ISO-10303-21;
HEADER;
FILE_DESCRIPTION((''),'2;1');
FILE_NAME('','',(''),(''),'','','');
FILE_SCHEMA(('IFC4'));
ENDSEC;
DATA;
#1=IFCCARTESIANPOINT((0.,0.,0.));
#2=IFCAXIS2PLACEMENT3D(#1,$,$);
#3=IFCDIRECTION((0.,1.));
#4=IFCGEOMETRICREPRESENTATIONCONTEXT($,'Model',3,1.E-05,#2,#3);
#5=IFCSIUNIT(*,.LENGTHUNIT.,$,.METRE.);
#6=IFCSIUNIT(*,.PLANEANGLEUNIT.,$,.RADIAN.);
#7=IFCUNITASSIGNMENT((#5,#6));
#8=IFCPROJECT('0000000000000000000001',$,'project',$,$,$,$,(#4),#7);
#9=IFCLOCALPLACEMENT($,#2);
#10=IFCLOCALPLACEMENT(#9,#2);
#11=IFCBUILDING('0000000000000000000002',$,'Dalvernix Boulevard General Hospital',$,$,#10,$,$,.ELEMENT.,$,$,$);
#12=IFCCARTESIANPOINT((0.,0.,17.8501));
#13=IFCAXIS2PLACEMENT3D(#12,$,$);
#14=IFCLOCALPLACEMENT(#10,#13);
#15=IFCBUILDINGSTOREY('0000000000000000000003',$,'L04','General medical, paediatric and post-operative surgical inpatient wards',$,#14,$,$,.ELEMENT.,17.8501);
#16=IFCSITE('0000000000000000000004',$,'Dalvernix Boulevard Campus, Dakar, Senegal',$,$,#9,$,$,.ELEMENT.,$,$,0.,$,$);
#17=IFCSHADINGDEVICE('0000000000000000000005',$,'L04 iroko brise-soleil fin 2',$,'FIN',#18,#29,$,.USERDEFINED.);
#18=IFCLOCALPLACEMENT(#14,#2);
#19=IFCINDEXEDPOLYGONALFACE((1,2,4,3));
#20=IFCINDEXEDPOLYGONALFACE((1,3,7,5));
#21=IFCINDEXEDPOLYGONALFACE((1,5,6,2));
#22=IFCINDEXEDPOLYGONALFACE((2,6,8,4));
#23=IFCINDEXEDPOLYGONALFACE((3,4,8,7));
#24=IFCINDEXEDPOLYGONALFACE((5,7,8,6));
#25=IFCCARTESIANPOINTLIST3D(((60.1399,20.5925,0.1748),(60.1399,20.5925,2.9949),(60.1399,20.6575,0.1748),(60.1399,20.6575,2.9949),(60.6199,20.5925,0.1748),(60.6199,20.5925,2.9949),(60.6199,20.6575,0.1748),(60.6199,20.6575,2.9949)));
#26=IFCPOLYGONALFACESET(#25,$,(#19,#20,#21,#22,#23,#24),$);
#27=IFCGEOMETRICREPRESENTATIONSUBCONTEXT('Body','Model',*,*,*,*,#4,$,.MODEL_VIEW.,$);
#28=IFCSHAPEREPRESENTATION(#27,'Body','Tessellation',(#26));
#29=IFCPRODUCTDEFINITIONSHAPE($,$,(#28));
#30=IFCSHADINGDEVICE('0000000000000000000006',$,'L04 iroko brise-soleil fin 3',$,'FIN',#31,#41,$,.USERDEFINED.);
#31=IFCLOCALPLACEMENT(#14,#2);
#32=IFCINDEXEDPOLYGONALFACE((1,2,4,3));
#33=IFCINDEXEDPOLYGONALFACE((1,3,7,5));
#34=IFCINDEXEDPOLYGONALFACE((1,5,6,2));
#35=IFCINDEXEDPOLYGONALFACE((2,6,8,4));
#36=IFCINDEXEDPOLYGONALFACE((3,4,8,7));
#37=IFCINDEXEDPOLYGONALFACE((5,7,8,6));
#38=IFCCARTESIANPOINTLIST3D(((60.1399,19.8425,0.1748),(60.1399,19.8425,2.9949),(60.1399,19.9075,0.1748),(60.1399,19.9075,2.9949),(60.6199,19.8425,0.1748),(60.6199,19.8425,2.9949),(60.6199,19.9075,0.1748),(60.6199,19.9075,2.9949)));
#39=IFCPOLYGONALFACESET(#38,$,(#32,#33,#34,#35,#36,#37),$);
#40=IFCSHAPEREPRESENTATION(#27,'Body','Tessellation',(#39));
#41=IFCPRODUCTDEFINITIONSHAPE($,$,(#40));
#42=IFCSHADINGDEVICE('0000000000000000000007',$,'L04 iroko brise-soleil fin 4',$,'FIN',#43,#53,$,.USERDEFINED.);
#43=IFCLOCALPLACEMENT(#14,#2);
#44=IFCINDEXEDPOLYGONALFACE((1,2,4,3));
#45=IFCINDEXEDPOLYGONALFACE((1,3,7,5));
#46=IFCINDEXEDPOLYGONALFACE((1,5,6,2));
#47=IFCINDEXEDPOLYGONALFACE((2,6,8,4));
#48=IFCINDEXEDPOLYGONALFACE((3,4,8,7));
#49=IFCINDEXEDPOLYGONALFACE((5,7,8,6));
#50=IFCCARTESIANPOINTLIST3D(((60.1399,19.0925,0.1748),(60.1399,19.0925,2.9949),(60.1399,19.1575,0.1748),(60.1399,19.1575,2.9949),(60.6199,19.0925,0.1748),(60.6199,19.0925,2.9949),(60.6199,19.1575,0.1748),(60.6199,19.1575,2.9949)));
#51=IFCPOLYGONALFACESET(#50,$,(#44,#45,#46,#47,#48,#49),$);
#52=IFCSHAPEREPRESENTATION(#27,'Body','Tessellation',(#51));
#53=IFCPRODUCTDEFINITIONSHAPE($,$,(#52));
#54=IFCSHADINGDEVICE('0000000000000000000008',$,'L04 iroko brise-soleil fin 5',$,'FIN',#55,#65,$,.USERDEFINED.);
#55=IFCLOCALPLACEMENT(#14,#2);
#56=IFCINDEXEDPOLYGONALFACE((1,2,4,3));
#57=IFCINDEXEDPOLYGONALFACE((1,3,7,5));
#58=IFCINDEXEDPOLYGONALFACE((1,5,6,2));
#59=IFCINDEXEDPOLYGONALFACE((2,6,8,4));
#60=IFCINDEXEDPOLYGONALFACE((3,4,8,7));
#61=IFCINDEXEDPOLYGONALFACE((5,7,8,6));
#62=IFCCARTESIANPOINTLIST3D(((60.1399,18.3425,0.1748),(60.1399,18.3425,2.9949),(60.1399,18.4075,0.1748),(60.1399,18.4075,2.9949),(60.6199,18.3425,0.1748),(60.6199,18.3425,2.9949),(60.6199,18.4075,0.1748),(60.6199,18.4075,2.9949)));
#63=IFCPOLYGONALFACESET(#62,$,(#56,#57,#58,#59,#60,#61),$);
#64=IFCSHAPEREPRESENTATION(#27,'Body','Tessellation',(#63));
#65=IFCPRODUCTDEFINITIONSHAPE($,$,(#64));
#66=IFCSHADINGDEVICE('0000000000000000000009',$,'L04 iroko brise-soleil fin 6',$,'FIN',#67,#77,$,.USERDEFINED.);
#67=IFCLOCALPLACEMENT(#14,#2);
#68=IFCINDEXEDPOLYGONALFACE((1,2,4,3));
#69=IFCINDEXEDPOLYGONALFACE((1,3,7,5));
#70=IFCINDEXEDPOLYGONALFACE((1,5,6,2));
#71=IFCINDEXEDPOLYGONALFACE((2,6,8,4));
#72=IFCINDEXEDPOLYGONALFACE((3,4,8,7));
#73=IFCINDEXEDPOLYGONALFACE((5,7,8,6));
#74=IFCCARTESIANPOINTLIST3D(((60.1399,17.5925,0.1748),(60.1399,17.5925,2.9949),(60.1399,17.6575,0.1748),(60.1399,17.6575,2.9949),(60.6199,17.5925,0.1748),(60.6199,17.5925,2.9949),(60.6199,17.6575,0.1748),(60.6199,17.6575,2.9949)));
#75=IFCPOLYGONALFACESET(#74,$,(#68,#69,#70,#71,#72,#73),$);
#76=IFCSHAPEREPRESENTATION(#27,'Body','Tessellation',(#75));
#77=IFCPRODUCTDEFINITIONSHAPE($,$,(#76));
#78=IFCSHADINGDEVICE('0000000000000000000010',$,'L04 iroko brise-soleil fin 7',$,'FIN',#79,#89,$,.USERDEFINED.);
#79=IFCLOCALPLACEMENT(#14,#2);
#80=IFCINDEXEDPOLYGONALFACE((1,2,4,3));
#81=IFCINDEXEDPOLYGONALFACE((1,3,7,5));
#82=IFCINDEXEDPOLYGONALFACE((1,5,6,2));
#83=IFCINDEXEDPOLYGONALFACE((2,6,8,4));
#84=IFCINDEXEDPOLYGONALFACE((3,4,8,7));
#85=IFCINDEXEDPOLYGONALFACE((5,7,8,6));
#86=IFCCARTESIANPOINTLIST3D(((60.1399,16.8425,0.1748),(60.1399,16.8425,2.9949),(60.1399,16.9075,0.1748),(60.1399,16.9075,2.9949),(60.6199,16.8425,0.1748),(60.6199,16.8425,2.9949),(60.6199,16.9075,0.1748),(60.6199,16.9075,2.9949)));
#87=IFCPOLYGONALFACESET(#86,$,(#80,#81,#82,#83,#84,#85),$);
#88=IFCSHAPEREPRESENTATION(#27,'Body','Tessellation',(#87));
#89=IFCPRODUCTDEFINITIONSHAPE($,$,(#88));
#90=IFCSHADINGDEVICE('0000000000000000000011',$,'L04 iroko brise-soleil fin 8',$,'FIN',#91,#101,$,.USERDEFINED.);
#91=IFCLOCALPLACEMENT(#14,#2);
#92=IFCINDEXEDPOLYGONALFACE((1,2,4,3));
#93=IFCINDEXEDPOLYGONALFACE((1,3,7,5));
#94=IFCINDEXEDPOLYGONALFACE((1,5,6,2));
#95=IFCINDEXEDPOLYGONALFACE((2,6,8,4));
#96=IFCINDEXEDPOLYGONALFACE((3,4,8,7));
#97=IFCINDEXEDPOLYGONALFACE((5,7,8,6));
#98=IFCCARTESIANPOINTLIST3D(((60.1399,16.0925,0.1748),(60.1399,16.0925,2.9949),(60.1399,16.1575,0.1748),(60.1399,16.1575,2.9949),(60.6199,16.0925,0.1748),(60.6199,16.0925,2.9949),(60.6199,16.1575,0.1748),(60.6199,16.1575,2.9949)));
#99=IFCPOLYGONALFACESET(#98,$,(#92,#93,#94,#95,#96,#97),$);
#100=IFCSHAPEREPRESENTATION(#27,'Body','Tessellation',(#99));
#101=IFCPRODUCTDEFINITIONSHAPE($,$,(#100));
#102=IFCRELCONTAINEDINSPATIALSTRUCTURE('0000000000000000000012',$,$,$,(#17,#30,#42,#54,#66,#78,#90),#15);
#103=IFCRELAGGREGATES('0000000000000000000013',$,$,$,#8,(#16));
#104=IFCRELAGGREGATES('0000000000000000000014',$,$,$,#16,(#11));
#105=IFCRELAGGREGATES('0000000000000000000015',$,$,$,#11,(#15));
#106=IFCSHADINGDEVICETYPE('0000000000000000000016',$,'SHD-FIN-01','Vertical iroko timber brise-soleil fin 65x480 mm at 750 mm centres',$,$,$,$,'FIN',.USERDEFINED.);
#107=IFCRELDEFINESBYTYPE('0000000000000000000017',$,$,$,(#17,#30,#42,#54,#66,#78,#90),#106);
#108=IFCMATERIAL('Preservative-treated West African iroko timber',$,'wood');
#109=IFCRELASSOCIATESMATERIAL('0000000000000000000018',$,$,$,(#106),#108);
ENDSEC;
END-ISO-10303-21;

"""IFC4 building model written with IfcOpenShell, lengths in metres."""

from ifc_helpers import new_model, si_unit, direction, frame, origin, origin_2d, place, context, subcontext, project, spatial, rectangle, extrude, material, type_object, element, save


model = new_model("IFC4")

# Units and contexts
model_context = context("Model", 3, precision=1e-05, world=origin(), true_north=direction((0.0, 1.0)))
body_context = subcontext(model_context, "Body", "Model", "MODEL_VIEW")
ifc_project = project(units=[si_unit("LENGTHUNIT", "METRE"), si_unit("PLANEANGLEUNIT", "RADIAN")], contexts=[model_context])

# Site, building, storey
site_placement = place(None, origin())
site = spatial("IfcSite", under=ifc_project, at=site_placement, Name="Dalvernix Boulevard Campus, Dakar, Senegal", CompositionType="ELEMENT", RefElevation=0.0)
building_placement = place(site_placement, origin())
building = spatial("IfcBuilding", under=site, at=building_placement, Name="Dalvernix Boulevard General Hospital", CompositionType="ELEMENT")
storey_placement = place(building_placement, frame((0.0, 0.0, 17.8501)))
storey = spatial("IfcBuildingStorey", under=building, at=storey_placement, Name="L04", Description="General medical, paediatric and post-operative surgical inpatient wards", CompositionType="ELEMENT", Elevation=17.8501)

# Shading devices
ifc_material_1 = material(Name="Preservative-treated West African iroko timber", Category="wood")
shading_device_type = type_object("IfcShadingDeviceType", Name="SHD-FIN-01", Description="Vertical iroko timber brise-soleil fin 65x480 mm at 750 mm centres", ElementType="FIN", PredefinedType="USERDEFINED", material=ifc_material_1)
for number, where, z_axis, x_axis, name in (
    (1, (60.3799, 20.625, 0.1748), (0.0, 0.0, 1.0), (0.0, -1.0, 0.0), "L04 iroko brise-soleil fin 2"),
    (2, (60.3799, 19.875, 0.1748), (0.0, 0.0, 1.0), (0.0, -1.0, 0.0), "L04 iroko brise-soleil fin 3"),
    (3, (60.3799, 19.125, 0.1748), (0.0, 0.0, 1.0), (0.0, -1.0, 0.0), "L04 iroko brise-soleil fin 4"),
    (4, (60.3799, 18.375, 0.1748), (0.0, 0.0, 1.0), (0.0, -1.0, 0.0), "L04 iroko brise-soleil fin 5"),
    (5, (60.3799, 17.625, 0.1748), (0.0, 0.0, 1.0), (0.0, -1.0, 0.0), "L04 iroko brise-soleil fin 6"),
    (6, (60.3799, 16.875, 0.1748), (0.0, 0.0, 1.0), (0.0, -1.0, 0.0), "L04 iroko brise-soleil fin 7"),
    (7, (60.3799, 16.125, 0.1748), (0.0, 0.0, 1.0), (0.0, -1.0, 0.0), "L04 iroko brise-soleil fin 8"),
):
    element("IfcShadingDevice", number, at=place(storey_placement, frame(where, z_axis=z_axis, x_axis=x_axis)), inside=storey, type_object=shading_device_type, Name=name, ObjectType="FIN", PredefinedType="USERDEFINED", context=body_context, shape_type="SweptSolid", body=[
        extrude(rectangle(XDim=0.0649, YDim=0.48, at=origin_2d()), origin(), (0.0, 0.0, 1.0), 2.8201),
    ])

save(model, "model.ifc")
